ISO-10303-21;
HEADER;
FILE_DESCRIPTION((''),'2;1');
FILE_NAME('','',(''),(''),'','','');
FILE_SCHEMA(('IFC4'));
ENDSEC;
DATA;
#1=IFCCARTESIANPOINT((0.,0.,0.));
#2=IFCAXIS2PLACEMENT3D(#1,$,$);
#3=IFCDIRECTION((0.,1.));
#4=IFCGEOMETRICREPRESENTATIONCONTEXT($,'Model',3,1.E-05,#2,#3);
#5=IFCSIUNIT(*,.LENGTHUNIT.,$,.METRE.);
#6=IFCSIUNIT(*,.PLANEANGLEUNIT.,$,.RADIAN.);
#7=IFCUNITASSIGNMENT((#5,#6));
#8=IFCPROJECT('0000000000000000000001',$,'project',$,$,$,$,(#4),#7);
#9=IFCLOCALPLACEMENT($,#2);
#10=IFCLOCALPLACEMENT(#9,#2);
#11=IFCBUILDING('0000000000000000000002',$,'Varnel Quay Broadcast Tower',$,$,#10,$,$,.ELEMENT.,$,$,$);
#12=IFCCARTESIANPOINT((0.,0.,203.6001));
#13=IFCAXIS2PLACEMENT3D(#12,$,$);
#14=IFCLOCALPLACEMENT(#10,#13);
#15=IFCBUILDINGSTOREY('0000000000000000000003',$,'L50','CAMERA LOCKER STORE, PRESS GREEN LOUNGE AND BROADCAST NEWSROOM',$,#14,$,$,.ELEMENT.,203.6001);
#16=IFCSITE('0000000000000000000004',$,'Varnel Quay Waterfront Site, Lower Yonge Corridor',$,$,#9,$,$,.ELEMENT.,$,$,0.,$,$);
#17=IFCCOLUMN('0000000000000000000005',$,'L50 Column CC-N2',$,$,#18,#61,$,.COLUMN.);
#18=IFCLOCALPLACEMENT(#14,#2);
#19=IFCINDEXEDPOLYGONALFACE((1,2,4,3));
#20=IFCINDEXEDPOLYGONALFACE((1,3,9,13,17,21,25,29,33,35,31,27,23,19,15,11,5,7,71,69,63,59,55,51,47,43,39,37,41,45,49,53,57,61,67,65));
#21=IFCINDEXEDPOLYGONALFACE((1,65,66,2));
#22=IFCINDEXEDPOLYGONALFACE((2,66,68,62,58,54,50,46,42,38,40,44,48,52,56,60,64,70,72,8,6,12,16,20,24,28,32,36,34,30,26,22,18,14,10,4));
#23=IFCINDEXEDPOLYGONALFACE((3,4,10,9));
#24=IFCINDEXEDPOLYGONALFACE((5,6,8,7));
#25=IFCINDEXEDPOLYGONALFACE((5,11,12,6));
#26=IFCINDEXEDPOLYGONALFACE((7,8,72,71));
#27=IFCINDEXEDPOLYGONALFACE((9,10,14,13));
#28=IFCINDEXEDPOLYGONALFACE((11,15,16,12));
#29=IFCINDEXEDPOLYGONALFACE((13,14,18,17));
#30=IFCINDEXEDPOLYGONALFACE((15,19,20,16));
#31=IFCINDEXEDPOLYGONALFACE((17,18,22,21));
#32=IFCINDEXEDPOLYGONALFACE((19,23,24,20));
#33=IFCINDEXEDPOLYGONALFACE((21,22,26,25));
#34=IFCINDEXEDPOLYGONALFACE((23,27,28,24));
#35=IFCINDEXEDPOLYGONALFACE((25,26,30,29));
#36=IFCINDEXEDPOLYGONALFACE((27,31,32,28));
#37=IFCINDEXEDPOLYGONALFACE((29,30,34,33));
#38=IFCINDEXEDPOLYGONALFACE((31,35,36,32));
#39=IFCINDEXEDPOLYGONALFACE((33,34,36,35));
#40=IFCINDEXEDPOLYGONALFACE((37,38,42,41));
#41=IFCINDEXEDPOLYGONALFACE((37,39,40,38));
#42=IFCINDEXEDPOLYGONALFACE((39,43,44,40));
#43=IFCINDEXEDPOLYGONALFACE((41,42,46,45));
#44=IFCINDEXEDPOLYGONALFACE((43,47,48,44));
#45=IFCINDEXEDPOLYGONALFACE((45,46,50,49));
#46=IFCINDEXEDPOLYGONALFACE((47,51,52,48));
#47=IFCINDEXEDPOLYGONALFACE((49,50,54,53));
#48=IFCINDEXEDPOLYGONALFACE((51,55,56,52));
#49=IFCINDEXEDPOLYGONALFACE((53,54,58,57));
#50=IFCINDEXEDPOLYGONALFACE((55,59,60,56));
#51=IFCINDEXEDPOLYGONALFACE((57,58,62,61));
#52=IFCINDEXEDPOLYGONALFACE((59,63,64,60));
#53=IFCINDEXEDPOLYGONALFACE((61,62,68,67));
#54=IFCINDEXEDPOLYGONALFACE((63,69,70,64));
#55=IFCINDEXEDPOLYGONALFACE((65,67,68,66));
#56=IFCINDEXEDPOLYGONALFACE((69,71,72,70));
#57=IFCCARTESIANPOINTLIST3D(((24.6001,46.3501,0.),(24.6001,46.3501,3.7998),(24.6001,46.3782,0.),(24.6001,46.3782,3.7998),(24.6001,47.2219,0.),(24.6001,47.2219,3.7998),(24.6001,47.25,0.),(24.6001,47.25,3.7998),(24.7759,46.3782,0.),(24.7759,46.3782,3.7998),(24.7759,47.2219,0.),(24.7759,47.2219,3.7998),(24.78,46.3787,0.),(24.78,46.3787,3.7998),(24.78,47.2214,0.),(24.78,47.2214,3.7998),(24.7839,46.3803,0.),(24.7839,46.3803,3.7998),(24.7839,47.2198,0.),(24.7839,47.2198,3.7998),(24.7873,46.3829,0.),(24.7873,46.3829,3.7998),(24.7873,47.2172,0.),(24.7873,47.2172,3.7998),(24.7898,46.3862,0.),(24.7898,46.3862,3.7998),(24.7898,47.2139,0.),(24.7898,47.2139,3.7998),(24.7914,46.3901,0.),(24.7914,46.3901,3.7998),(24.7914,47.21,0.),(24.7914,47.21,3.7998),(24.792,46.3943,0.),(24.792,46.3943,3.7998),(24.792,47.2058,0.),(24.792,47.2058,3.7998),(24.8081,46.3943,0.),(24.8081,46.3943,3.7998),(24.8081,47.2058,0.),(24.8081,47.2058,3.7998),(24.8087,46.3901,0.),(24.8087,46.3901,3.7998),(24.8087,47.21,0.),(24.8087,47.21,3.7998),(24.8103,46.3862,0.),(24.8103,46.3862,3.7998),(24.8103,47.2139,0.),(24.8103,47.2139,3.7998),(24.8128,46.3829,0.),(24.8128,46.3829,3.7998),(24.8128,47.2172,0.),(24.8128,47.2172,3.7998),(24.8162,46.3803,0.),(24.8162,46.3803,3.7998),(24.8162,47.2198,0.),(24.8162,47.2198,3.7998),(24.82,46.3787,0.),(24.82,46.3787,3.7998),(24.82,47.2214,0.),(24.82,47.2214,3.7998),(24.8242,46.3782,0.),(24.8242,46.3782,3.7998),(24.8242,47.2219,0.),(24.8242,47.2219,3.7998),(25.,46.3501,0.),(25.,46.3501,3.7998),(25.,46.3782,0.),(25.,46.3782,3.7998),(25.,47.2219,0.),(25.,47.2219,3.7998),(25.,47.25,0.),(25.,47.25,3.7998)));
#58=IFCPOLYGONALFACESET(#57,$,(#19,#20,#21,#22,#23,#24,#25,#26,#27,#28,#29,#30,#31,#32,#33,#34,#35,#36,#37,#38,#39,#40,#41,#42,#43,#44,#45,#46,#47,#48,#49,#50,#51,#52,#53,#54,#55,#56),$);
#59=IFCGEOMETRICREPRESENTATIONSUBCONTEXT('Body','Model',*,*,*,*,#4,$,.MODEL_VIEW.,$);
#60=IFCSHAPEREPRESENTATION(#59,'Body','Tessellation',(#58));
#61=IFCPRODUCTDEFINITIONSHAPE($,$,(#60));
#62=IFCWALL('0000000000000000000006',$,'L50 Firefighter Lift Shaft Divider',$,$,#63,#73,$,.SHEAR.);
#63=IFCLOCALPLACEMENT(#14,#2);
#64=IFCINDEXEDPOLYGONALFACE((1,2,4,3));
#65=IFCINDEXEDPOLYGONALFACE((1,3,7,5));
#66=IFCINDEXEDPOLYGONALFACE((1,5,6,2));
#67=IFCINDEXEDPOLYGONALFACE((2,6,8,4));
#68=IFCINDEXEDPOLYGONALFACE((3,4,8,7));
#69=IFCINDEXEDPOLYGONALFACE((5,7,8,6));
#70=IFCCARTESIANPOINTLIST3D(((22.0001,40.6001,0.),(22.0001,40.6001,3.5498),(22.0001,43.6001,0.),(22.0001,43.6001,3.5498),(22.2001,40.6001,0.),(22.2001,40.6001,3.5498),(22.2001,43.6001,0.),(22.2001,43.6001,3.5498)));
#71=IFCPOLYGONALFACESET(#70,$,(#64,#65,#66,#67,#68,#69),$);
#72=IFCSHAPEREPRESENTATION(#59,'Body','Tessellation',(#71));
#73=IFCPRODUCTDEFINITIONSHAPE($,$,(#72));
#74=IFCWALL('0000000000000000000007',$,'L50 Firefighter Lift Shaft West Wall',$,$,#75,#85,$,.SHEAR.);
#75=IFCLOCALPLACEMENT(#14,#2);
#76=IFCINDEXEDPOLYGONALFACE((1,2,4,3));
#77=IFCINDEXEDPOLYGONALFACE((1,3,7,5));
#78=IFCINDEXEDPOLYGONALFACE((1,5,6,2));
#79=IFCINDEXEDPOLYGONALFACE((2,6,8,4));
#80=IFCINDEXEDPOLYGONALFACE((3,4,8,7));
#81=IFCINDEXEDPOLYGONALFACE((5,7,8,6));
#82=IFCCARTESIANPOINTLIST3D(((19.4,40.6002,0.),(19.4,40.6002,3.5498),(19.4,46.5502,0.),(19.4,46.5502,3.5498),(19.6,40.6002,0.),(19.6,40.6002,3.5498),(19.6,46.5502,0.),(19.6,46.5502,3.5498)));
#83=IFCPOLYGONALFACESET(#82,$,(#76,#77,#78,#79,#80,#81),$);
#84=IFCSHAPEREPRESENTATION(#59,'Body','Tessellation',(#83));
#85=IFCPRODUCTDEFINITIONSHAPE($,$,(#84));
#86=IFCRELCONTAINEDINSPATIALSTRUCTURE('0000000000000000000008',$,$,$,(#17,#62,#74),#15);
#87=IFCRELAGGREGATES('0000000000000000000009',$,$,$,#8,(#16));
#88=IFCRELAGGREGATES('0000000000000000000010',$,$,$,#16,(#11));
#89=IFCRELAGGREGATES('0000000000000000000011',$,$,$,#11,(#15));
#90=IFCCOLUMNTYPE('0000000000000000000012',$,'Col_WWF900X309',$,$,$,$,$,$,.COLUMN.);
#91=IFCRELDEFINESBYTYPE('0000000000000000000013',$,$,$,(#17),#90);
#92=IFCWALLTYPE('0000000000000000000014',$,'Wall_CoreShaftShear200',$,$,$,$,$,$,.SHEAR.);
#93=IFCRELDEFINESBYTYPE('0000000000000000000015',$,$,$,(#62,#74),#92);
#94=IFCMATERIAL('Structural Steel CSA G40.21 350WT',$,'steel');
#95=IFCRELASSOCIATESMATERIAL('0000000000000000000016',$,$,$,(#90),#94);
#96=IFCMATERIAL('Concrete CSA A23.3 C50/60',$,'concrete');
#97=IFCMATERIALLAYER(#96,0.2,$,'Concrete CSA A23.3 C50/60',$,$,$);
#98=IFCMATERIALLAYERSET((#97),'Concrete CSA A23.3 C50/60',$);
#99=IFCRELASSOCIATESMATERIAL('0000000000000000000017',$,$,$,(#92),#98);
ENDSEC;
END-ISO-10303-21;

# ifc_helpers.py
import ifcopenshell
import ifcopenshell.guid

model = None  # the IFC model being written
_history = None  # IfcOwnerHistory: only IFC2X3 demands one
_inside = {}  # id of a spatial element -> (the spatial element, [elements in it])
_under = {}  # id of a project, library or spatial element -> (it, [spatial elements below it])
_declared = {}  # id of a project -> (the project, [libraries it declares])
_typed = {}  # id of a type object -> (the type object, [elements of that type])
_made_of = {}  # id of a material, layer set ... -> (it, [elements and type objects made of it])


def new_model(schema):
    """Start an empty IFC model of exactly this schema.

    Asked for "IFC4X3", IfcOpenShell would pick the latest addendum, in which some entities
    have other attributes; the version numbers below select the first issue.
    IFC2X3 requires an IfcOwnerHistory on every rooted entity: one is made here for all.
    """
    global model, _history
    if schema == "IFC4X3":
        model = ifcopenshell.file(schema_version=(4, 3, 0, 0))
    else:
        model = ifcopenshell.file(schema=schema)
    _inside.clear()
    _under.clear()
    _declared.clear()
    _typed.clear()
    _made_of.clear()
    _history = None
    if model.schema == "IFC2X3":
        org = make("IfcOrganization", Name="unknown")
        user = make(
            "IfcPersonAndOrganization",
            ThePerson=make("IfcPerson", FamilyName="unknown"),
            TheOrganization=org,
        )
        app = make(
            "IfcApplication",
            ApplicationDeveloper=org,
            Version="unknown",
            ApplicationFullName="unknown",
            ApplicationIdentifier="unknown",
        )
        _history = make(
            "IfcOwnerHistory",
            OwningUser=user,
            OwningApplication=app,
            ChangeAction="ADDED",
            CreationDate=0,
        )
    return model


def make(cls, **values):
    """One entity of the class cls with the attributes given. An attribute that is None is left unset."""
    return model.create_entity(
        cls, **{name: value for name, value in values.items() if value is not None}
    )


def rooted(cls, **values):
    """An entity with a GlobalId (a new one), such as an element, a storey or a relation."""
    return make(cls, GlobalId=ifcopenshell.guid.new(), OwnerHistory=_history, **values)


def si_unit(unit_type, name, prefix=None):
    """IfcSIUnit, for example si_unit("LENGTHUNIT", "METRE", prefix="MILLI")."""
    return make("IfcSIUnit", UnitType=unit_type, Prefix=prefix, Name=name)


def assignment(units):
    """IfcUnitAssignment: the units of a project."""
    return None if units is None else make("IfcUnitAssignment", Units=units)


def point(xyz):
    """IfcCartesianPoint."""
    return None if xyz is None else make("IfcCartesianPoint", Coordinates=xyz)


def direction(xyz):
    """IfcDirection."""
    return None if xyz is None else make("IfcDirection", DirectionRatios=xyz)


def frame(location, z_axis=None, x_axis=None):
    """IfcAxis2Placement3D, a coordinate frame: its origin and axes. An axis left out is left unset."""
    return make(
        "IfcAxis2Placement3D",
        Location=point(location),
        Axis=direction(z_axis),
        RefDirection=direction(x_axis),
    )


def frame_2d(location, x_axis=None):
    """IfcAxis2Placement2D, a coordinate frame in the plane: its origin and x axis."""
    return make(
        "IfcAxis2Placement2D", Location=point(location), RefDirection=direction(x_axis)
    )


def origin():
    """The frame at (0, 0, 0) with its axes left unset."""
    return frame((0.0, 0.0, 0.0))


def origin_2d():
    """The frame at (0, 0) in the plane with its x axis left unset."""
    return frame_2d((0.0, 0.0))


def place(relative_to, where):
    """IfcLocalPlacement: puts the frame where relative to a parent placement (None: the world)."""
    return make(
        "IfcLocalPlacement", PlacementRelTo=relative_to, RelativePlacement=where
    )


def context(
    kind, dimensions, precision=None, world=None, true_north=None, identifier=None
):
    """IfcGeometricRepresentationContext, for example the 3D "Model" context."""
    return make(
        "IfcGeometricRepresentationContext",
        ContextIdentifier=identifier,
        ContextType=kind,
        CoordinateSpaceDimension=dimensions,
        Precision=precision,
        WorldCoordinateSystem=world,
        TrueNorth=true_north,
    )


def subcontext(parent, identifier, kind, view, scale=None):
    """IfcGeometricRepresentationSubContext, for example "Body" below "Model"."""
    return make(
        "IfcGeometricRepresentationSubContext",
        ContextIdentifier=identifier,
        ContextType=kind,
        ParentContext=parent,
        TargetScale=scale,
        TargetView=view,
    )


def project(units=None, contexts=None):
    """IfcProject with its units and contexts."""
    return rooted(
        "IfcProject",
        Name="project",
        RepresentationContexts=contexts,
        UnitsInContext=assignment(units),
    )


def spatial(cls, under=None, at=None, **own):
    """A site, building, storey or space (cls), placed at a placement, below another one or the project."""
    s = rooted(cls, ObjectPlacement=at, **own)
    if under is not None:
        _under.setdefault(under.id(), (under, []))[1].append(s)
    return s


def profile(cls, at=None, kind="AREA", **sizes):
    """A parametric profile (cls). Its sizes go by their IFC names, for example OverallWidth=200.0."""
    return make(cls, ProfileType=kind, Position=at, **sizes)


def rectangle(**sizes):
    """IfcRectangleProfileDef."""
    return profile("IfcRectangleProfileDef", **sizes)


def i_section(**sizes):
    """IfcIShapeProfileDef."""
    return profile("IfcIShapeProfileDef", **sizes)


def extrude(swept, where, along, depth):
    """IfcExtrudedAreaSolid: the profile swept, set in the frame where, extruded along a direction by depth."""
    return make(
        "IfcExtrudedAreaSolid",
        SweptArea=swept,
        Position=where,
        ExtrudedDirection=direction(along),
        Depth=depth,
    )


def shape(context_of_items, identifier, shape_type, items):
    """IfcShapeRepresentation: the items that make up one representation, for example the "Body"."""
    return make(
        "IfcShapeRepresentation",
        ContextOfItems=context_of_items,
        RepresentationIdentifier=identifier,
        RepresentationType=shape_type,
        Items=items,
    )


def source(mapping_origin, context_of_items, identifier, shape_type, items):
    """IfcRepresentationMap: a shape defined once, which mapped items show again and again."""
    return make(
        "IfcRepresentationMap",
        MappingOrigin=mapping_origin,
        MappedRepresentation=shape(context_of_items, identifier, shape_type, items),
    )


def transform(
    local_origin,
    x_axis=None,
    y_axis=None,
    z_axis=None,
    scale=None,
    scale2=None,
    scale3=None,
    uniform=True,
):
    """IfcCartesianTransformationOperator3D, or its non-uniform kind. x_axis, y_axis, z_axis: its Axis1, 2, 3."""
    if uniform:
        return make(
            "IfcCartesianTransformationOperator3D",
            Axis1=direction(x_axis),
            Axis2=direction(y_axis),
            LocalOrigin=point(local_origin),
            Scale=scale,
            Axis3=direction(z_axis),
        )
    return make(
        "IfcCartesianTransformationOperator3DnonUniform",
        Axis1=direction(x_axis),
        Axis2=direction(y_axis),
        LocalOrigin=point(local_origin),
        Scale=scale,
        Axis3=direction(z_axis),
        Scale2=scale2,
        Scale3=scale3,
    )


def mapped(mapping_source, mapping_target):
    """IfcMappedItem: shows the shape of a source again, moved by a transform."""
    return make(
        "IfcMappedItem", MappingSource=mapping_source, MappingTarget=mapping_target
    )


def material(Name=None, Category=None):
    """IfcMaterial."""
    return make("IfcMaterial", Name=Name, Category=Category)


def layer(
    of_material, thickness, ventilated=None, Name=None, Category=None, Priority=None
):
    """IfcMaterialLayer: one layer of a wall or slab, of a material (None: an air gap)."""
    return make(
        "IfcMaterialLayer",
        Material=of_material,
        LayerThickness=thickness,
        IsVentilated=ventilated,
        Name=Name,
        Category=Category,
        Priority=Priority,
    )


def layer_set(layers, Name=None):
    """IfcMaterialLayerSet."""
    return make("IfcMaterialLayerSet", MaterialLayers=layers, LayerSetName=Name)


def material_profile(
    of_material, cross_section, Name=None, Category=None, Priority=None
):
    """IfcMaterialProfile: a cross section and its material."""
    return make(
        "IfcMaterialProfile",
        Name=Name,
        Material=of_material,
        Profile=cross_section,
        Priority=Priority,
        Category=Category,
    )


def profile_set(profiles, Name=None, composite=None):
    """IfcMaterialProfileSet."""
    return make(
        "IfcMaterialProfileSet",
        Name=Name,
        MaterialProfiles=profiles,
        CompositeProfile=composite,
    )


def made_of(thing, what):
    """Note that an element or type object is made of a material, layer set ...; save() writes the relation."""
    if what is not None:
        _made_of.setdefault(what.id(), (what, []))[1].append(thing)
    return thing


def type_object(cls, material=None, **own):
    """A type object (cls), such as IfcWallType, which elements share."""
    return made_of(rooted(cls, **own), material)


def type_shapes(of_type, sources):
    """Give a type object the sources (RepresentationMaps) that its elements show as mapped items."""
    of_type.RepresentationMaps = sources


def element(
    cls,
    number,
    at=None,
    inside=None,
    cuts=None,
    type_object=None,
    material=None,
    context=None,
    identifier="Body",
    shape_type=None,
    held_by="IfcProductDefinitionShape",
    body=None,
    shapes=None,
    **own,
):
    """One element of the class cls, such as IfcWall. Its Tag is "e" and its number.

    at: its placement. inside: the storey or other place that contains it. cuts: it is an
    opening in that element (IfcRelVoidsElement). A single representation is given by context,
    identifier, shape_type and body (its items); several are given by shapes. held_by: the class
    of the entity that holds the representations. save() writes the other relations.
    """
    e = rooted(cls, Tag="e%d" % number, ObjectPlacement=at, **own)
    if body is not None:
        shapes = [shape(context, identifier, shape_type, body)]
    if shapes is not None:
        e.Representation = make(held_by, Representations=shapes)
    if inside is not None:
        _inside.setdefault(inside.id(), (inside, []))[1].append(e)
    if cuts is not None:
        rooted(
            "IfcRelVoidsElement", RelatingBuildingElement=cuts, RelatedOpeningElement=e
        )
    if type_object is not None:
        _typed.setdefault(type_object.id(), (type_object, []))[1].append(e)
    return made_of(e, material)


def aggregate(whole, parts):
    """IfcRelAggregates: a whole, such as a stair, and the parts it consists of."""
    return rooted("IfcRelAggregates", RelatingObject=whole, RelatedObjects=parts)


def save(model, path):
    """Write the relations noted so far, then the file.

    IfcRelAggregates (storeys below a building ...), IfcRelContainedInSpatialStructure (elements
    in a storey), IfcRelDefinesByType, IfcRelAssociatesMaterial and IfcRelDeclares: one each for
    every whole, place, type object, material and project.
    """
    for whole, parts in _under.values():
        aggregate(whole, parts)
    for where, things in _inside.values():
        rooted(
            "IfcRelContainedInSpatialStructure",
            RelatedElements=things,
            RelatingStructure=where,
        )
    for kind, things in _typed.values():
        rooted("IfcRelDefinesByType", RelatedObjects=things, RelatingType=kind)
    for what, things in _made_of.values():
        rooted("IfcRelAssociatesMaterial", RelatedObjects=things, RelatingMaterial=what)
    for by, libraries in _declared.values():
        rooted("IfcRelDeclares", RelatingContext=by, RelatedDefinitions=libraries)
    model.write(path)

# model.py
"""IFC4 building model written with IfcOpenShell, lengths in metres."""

from ifc_helpers import new_model, si_unit, direction, frame, frame_2d, origin, origin_2d, place, context, subcontext, project, spatial, rectangle, i_section, extrude, source, transform, mapped, material, layer, layer_set, material_profile, profile_set, type_object, type_shapes, element, save


model = new_model("IFC4")

# Units and contexts
model_context = context("Model", 3, precision=1e-05, world=origin(), true_north=direction((0.0, 1.0)))
body_context = subcontext(model_context, "Body", "Model", "MODEL_VIEW")
ifc_project = project(units=[si_unit("LENGTHUNIT", "METRE"), si_unit("PLANEANGLEUNIT", "RADIAN")], contexts=[model_context])

# Site, building, storey
site_placement = place(None, origin())
site = spatial("IfcSite", under=ifc_project, at=site_placement, Name="Varnel Quay Waterfront Site, Lower Yonge Corridor", CompositionType="ELEMENT", RefElevation=0.0)
building_placement = place(site_placement, origin())
building = spatial("IfcBuilding", under=site, at=building_placement, Name="Varnel Quay Broadcast Tower", CompositionType="ELEMENT")
storey_placement = place(building_placement, frame((0.0, 0.0, 203.6001)))
storey = spatial("IfcBuildingStorey", under=building, at=storey_placement, Name="L50", Description="CAMERA LOCKER STORE, PRESS GREEN LOUNGE AND BROADCAST NEWSROOM", CompositionType="ELEMENT", Elevation=203.6001)

# Column
ifc_material_1 = material(Name="Structural Steel CSA G40.21 350WT", Category="steel")
ifc_material_profile = material_profile(ifc_material_1, i_section(OverallWidth=0.3999, OverallDepth=0.8999, WebThickness=0.0161, FlangeThickness=0.0281, FilletRadius=0.0161, at=origin_2d()), Name="WWF900X309")
ifc_profile_set = profile_set([ifc_material_profile], Name="Structural Steel CSA G40.21 350WT")
column_type = type_object("IfcColumnType", Name="Col_WWF900X309", PredefinedType="COLUMN", material=ifc_profile_set)
shared_shape_1 = source(origin(), body_context, "Body", "SweptSolid", [
    extrude(i_section(OverallWidth=0.3999, OverallDepth=0.8999, WebThickness=0.0161, FlangeThickness=0.0281, FilletRadius=0.0161, at=origin_2d()), origin(), (0.0, 0.0, 1.0), 3.7998),
])
type_shapes(column_type, [shared_shape_1])
column_placement = place(storey_placement, frame((24.8, 46.8, 0.0), z_axis=(0.0, 0.0, 1.0), x_axis=(1.0, 0.0, 0.0)))
element("IfcColumn", 1, at=column_placement, inside=storey, type_object=column_type, Name="L50 Column CC-N2", PredefinedType="COLUMN", context=body_context, shape_type="MappedRepresentation", body=[
    mapped(shared_shape_1, transform((0.0, 0.0, 0.0), x_axis=(1.0, 0.0, 0.0), y_axis=(0.0, 1.0, 0.0), z_axis=(0.0, 0.0, 1.0), scale=1.0)),
])

# Walls
ifc_material_2 = material(Name="Concrete CSA A23.3 C50/60", Category="concrete")
ifc_layer_1 = layer(ifc_material_2, 0.2, Name="Concrete CSA A23.3 C50/60")
ifc_layer_set_1 = layer_set([ifc_layer_1], Name="Concrete CSA A23.3 C50/60")
wall_type_1 = type_object("IfcWallType", Name="Wall_CoreShaftShear200", PredefinedType="SHEAR", material=ifc_layer_set_1)
wall_1_placement = place(storey_placement, frame((22.1001, 40.6001, 0.0), z_axis=(0.0, 0.0, 1.0), x_axis=(0.0, 1.0, 0.0)))
element("IfcWall", 2, at=wall_1_placement, inside=storey, type_object=wall_type_1, Name="L50 Firefighter Lift Shaft Divider", PredefinedType="SHEAR", context=body_context, shape_type="SweptSolid", body=[
    extrude(rectangle(XDim=3.0, YDim=0.2, at=frame_2d((1.5, 0.0))), origin(), (0.0, 0.0, 1.0), 3.5498),
])
wall_2_placement = place(storey_placement, frame((19.5, 40.6001, 0.0), z_axis=(0.0, 0.0, 1.0), x_axis=(0.0, 1.0, 0.0)))
element("IfcWall", 3, at=wall_2_placement, inside=storey, type_object=wall_type_1, Name="L50 Firefighter Lift Shaft West Wall", PredefinedType="SHEAR", context=body_context, shape_type="SweptSolid", body=[
    extrude(rectangle(XDim=5.95, YDim=0.2, at=frame_2d((2.9751, 0.0))), origin(), (0.0, 0.0, 1.0), 3.5498),
])

save(model, "model.ifc")
